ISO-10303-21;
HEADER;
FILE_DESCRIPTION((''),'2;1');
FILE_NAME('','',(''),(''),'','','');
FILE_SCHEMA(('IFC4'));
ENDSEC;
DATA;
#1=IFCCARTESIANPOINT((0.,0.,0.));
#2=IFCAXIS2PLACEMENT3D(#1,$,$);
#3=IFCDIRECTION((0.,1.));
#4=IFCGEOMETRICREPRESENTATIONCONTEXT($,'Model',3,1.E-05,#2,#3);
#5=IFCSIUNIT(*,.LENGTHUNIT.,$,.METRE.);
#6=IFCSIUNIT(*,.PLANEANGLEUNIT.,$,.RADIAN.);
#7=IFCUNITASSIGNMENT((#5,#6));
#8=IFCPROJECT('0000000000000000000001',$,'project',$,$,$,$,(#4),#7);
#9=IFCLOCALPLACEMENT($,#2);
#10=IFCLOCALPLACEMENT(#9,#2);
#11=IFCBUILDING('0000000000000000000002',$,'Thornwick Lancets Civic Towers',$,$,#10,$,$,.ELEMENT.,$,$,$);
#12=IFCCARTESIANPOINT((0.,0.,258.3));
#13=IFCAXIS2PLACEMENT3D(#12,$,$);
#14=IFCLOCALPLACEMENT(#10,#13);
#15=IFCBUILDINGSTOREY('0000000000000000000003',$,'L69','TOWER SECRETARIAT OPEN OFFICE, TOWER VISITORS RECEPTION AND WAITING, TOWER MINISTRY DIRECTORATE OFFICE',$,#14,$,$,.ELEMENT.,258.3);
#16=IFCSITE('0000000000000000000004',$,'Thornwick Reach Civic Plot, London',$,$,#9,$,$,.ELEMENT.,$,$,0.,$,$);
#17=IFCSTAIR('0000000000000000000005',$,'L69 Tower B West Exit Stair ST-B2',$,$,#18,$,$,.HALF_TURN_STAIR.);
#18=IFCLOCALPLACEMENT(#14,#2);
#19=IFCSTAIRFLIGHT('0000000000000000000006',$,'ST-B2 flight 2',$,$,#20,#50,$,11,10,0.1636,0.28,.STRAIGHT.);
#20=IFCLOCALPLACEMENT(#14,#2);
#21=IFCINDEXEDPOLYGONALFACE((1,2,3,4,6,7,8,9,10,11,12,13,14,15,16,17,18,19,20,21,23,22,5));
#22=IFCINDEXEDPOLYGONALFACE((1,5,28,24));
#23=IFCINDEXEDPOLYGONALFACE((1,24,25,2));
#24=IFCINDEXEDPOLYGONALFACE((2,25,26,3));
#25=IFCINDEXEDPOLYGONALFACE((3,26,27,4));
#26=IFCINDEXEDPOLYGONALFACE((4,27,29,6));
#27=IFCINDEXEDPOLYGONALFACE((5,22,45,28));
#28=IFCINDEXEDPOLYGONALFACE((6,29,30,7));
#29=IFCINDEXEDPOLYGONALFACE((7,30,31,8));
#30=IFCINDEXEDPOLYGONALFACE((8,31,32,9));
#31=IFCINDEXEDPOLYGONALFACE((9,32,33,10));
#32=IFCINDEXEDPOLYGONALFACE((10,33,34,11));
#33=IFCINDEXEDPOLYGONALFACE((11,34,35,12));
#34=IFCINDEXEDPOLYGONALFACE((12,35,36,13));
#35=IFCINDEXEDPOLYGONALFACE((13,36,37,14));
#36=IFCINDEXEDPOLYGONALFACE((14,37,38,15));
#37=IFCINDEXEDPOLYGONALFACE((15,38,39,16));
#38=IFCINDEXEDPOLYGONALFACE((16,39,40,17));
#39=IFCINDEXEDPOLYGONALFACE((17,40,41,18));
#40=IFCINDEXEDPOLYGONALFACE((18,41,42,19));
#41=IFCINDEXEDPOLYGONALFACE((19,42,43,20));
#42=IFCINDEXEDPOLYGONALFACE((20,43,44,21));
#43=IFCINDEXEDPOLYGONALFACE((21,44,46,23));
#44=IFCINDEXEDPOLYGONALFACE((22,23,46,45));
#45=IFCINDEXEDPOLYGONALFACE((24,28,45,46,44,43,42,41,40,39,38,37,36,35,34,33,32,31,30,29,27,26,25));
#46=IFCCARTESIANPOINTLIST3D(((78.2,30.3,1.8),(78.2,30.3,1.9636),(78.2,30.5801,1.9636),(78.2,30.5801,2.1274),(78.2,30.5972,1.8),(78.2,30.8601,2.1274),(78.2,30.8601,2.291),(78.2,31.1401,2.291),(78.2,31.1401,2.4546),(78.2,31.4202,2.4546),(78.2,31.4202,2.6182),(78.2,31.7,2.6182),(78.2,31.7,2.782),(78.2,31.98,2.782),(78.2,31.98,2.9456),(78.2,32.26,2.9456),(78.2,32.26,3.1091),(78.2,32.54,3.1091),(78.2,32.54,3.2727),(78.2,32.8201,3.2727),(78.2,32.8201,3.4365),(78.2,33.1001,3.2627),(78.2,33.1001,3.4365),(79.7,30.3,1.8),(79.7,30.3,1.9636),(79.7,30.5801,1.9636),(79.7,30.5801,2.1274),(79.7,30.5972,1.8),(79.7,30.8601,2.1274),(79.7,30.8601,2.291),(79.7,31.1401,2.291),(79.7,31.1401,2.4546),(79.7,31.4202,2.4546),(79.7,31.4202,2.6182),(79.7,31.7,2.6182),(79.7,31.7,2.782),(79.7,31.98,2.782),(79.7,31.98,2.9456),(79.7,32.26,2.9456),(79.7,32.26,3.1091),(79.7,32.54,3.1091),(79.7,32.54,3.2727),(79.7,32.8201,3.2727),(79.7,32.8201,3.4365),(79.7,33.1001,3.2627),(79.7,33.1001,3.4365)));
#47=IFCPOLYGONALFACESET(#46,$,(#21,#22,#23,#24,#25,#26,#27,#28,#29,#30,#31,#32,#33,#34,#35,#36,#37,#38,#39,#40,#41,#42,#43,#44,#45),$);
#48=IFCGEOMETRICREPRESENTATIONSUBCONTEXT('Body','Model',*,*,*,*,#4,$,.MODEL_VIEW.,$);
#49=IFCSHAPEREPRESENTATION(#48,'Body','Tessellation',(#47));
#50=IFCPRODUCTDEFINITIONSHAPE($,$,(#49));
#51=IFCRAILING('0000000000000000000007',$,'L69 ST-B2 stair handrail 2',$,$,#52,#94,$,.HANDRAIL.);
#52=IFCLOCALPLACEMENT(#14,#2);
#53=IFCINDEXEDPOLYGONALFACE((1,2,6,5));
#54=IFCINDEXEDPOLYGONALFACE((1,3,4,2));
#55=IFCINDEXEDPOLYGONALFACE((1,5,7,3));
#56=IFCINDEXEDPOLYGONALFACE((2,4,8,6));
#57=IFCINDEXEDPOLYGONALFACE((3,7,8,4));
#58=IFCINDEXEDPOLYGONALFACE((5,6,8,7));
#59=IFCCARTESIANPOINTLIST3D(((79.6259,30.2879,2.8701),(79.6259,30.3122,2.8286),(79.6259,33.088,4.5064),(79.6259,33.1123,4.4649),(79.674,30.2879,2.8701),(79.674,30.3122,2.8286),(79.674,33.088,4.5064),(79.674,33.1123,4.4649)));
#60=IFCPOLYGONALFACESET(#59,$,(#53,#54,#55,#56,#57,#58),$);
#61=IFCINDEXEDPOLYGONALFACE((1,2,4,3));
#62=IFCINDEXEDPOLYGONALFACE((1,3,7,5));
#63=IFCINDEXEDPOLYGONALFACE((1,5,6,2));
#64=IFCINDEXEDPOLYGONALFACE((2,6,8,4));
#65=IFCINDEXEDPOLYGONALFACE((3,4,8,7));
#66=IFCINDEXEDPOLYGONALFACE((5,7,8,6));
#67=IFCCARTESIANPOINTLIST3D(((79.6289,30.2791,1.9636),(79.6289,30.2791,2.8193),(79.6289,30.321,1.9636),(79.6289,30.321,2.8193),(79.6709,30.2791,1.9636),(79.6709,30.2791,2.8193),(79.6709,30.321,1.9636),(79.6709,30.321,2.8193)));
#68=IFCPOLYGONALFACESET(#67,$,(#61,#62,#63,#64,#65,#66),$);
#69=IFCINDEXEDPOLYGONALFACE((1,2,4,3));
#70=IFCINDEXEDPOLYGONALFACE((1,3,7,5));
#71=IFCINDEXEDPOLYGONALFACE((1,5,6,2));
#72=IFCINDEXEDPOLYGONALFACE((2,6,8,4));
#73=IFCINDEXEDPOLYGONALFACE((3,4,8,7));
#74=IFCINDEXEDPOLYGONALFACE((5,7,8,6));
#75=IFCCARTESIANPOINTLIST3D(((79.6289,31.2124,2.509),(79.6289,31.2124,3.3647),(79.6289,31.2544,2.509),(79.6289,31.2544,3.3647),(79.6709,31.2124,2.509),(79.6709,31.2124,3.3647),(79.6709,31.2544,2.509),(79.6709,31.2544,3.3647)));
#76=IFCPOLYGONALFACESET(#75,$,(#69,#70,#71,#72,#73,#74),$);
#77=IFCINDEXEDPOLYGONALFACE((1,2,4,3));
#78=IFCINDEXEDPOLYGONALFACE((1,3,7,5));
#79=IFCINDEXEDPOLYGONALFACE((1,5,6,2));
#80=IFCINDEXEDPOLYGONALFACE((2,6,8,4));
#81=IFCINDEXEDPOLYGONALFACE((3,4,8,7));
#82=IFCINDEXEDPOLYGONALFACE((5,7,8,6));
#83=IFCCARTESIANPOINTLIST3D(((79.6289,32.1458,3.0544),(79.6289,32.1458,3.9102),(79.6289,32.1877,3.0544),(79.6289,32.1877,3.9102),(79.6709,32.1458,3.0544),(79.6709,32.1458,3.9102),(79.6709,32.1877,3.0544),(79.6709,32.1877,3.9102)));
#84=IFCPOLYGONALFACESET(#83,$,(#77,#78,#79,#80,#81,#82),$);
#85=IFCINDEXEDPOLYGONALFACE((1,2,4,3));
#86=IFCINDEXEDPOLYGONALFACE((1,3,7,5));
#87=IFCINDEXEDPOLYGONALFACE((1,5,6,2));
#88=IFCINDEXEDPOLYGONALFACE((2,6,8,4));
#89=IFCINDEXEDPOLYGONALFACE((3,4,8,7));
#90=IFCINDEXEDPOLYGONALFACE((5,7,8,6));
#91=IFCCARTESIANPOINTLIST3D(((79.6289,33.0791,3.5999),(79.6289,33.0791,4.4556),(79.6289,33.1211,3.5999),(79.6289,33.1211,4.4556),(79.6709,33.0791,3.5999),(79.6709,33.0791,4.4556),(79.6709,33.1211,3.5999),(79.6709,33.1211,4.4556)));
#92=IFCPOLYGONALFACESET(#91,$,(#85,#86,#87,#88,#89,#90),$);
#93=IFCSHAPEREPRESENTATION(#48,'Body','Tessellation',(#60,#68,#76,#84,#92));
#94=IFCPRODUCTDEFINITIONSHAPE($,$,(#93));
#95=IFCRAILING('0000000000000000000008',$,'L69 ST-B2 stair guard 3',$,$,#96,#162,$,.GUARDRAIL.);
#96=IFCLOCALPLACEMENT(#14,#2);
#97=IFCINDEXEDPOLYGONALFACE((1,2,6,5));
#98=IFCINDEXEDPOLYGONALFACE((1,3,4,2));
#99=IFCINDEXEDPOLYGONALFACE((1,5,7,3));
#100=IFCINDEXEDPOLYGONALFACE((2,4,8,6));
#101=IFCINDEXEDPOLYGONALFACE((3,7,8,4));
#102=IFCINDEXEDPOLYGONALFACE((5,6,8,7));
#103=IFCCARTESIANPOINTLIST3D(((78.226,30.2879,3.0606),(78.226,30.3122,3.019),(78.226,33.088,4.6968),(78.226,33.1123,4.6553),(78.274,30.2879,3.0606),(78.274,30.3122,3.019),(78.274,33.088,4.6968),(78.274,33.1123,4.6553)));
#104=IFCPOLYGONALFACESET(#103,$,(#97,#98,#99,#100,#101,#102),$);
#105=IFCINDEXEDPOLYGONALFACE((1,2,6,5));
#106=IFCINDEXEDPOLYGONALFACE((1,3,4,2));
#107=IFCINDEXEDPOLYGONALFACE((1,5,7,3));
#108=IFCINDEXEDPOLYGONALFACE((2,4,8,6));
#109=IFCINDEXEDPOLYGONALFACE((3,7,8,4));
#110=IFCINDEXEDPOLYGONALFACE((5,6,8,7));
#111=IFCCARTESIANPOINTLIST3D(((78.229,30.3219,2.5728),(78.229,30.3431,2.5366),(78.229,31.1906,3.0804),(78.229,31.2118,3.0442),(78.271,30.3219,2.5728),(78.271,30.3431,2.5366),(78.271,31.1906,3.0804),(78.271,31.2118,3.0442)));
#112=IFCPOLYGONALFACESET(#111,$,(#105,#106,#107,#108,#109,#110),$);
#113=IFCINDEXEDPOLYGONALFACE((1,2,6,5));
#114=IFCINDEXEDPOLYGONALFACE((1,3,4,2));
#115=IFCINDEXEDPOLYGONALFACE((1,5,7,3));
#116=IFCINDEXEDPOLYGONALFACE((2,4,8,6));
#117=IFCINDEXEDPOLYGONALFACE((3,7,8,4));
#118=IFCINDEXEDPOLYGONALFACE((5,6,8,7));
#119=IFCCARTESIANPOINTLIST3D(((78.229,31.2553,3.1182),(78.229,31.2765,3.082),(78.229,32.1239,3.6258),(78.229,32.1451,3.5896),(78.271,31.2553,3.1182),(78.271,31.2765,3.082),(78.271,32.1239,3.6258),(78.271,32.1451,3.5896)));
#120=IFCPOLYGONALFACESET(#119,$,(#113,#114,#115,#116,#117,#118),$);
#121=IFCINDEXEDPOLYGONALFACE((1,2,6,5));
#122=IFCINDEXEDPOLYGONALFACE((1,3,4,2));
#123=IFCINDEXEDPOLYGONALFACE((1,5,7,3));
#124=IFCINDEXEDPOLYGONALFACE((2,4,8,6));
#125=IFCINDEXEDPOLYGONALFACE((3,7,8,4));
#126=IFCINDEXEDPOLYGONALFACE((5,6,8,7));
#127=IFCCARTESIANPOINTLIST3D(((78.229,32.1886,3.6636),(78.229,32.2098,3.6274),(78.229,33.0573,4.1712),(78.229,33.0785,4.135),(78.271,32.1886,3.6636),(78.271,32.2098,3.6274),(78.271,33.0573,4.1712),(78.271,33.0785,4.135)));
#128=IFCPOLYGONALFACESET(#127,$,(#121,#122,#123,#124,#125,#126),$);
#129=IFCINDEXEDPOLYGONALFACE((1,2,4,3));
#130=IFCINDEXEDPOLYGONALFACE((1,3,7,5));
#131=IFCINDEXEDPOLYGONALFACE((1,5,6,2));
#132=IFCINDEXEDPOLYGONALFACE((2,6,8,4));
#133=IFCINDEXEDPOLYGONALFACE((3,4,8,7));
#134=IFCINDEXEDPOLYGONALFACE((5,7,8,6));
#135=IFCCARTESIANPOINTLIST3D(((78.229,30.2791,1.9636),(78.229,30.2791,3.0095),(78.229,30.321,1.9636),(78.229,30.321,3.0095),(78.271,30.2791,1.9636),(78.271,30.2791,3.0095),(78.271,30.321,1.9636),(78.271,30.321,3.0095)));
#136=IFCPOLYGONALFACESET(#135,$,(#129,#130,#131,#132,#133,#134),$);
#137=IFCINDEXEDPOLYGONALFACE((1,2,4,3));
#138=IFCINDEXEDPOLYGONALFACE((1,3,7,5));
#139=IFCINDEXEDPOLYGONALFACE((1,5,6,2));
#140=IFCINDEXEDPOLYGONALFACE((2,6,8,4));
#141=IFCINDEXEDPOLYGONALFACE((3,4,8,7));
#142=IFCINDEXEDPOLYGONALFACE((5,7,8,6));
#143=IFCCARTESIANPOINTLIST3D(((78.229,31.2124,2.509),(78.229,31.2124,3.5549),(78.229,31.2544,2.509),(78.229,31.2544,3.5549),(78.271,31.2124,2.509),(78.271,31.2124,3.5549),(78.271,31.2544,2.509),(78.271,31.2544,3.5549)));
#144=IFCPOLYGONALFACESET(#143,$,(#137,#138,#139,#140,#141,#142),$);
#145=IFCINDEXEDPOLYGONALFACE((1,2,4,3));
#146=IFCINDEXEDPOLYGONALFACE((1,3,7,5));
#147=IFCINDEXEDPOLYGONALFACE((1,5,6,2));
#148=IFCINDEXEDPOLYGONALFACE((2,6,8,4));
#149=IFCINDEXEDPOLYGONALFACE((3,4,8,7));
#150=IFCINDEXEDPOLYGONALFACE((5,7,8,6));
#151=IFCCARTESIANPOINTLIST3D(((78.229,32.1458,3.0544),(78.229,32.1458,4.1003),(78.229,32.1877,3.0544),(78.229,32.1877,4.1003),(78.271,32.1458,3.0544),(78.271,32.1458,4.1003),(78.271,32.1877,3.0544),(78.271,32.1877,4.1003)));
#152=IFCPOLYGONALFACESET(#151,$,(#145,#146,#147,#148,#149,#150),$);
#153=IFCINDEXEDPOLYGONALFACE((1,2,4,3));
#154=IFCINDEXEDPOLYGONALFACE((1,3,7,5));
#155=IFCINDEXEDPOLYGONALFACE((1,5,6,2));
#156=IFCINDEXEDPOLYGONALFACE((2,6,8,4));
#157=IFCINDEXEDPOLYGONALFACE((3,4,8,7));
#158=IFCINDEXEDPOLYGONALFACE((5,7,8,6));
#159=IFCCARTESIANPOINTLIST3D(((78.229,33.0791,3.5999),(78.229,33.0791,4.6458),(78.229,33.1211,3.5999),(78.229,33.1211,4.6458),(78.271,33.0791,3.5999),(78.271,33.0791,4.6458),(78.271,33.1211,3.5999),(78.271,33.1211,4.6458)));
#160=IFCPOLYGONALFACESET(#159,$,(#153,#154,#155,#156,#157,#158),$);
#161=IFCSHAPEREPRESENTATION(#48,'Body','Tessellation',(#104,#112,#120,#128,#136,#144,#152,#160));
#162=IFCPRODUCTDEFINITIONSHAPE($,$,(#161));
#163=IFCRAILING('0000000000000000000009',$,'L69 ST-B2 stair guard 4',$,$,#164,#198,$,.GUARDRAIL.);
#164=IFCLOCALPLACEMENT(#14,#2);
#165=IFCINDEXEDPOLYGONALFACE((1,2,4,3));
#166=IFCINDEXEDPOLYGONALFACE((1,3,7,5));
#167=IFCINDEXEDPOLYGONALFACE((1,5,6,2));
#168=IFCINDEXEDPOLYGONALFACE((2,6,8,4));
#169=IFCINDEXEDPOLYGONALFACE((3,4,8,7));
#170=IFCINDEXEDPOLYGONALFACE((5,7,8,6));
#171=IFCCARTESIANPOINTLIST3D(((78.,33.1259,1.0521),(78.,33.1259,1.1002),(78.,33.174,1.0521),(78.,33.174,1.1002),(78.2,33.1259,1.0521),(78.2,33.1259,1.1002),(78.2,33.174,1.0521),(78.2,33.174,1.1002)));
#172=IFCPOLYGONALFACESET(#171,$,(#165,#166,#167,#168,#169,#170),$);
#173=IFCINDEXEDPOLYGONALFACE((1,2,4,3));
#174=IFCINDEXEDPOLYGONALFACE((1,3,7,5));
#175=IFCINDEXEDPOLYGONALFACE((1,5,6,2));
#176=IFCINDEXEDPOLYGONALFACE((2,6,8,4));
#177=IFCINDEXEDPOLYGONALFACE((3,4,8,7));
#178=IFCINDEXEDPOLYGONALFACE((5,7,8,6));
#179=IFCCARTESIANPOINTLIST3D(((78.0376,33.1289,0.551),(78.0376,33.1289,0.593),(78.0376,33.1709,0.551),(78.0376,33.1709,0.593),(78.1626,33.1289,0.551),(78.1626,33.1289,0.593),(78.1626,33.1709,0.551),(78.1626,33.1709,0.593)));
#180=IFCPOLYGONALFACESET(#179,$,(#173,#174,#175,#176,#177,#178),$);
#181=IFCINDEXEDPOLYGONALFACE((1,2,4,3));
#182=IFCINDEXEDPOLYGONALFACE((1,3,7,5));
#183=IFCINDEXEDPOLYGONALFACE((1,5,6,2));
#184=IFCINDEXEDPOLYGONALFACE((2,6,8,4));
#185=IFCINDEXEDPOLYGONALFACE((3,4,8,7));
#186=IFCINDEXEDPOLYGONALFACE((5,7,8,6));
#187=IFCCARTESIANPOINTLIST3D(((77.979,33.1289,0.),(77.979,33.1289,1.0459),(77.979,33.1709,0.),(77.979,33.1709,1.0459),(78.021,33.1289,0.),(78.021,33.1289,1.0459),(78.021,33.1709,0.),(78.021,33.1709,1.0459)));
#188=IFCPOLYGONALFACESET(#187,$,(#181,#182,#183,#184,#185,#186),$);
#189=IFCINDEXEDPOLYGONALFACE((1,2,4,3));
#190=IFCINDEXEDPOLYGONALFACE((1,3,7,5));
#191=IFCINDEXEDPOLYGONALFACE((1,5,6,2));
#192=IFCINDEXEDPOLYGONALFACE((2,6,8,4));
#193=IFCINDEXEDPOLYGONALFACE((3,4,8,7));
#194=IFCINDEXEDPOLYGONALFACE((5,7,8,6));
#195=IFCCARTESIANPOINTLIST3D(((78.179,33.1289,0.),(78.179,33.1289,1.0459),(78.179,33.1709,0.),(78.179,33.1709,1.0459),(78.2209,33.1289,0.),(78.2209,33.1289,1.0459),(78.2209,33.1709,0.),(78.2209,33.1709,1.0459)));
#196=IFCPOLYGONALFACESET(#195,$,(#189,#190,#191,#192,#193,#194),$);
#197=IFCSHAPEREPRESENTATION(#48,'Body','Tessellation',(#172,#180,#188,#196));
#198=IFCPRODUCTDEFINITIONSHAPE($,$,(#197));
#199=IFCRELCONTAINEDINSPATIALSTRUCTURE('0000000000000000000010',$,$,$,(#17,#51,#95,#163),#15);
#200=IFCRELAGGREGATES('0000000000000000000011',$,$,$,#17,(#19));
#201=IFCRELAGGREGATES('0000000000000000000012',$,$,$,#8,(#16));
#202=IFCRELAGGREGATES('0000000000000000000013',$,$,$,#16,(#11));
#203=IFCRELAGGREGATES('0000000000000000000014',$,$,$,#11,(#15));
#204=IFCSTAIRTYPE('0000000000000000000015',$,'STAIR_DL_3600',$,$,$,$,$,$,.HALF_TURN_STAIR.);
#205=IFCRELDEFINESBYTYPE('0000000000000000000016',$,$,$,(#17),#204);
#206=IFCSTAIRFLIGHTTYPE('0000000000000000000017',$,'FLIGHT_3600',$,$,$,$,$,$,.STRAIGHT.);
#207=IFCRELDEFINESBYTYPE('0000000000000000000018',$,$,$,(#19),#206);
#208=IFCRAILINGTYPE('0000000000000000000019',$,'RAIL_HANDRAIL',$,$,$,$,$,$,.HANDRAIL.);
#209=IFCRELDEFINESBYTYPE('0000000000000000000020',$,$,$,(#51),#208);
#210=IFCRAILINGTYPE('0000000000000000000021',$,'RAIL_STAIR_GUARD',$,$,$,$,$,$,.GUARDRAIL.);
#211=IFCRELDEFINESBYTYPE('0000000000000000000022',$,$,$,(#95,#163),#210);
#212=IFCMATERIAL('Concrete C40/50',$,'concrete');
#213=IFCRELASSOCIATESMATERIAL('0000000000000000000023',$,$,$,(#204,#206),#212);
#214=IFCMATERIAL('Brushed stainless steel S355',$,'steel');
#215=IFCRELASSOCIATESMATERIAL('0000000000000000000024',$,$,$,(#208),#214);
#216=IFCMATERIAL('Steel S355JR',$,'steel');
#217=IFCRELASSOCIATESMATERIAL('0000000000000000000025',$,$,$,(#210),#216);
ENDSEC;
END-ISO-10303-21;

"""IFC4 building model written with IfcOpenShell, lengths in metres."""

from ifc_helpers import new_model, si_unit, direction, frame, origin, origin_2d, place, context, subcontext, project, spatial, polyline, rectangle, outline, extrude, material, type_object, element, aggregate, save


model = new_model("IFC4")

# Units and contexts
model_context = context("Model", 3, precision=1e-05, world=origin(), true_north=direction((0.0, 1.0)))
body_context = subcontext(model_context, "Body", "Model", "MODEL_VIEW")
ifc_project = project(units=[si_unit("LENGTHUNIT", "METRE"), si_unit("PLANEANGLEUNIT", "RADIAN")], contexts=[model_context])

# Site, building, storey
site_placement = place(None, origin())
site = spatial("IfcSite", under=ifc_project, at=site_placement, Name="Thornwick Reach Civic Plot, London", CompositionType="ELEMENT", RefElevation=0.0)
building_placement = place(site_placement, origin())
building = spatial("IfcBuilding", under=site, at=building_placement, Name="Thornwick Lancets Civic Towers", CompositionType="ELEMENT")
storey_placement = place(building_placement, frame((0.0, 0.0, 258.3)))
storey = spatial("IfcBuildingStorey", under=building, at=storey_placement, Name="L69", Description="TOWER SECRETARIAT OPEN OFFICE, TOWER VISITORS RECEPTION AND WAITING, TOWER MINISTRY DIRECTORATE OFFICE", CompositionType="ELEMENT", Elevation=258.3)

# Shared definitions
ifc_material_1 = material(Name="Steel S355JR", Category="steel")

# Shared definitions
ifc_material_2 = material(Name="Concrete C40/50", Category="concrete")

# Stair, stair flight
stair_type = type_object("IfcStairType", Name="STAIR_DL_3600", PredefinedType="HALF_TURN_STAIR", material=ifc_material_2)
stair_placement = place(storey_placement, origin())
stair = element("IfcStair", 1, at=stair_placement, inside=storey, type_object=stair_type, Name="L69 Tower B West Exit Stair ST-B2", PredefinedType="HALF_TURN_STAIR")
stair_flight_type = type_object("IfcStairFlightType", Name="FLIGHT_3600", PredefinedType="STRAIGHT", material=ifc_material_2)
stair_flight_placement = place(storey_placement, frame((78.95, 30.3, 1.8), z_axis=(0.0, 0.0, 1.0), x_axis=(0.0, 1.0, 0.0)))
stair_flight = element("IfcStairFlight", 2, at=stair_flight_placement, type_object=stair_flight_type, Name="ST-B2 flight 2", NumberOfRisers=11, NumberOfTreads=10, PredefinedType="STRAIGHT", RiserHeight=0.1636, TreadLength=0.28, context=body_context, shape_type="SweptSolid", body=[
    extrude(outline(polyline([(0.0, 0.0), (0.0, 0.1636), (0.28, 0.1636), (0.28, 0.3274), (0.5601, 0.3274), (0.5601, 0.491), (0.8401, 0.491), (0.8401, 0.6545), (1.1201, 0.6545), (1.1201, 0.8181), (1.3999, 0.8181), (1.3999, 0.9819), (1.6799, 0.9819), (1.6799, 1.1455), (1.96, 1.1455), (1.96, 1.3091), (2.24, 1.3091), (2.24, 1.4727), (2.52, 1.4727), (2.52, 1.6365), (2.8, 1.6365), (2.8, 1.8), (2.8, 1.4626), (0.2971, 0.0), (0.0, 0.0)])), frame((0.0, 0.75, 0.0), z_axis=(0.0, -1.0, 0.0), x_axis=(1.0, 0.0, 0.0)), (0.0, 0.0, 1.0), 1.5),
])
aggregate(stair, [stair_flight])

# Railings
ifc_material_3 = material(Name="Brushed stainless steel S355", Category="steel")
railing_type_1 = type_object("IfcRailingType", Name="RAIL_HANDRAIL", PredefinedType="HANDRAIL", material=ifc_material_3)
railing_1_placement = place(storey_placement, frame((79.6499, 30.3, 1.9636)))
element("IfcRailing", 3, at=railing_1_placement, inside=storey, type_object=railing_type_1, Name="L69 ST-B2 stair handrail 2", PredefinedType="HANDRAIL", context=body_context, shape_type="SweptSolid", body=[
    extrude(rectangle(XDim=0.0481, YDim=0.0481, at=origin_2d()), frame((0.0, 0.0, 0.8857), z_axis=(0.0, 0.863394, 0.504531), x_axis=(-1.0, 0.0, 0.0)), (0.0, 0.0, 1.0), 3.2432),
    extrude(rectangle(XDim=0.042, YDim=0.042, at=origin_2d()), origin(), (0.0, 0.0, 1.0), 0.8557),
    extrude(rectangle(XDim=0.042, YDim=0.042, at=origin_2d()), frame((0.0, 0.9333, 0.5454)), (0.0, 0.0, 1.0), 0.8557),
    extrude(rectangle(XDim=0.042, YDim=0.042, at=origin_2d()), frame((0.0, 1.8667, 1.0908)), (0.0, 0.0, 1.0), 0.8557),
    extrude(rectangle(XDim=0.042, YDim=0.042, at=origin_2d()), frame((0.0, 2.8, 1.6362)), (0.0, 0.0, 1.0), 0.8557),
])
railing_type_2 = type_object("IfcRailingType", Name="RAIL_STAIR_GUARD", PredefinedType="GUARDRAIL", material=ifc_material_1)
railing_2_placement = place(storey_placement, frame((78.25, 30.3, 1.9636)))
element("IfcRailing", 4, at=railing_2_placement, inside=storey, type_object=railing_type_2, Name="L69 ST-B2 stair guard 3", PredefinedType="GUARDRAIL", context=body_context, shape_type="SweptSolid", body=[
    extrude(rectangle(XDim=0.0481, YDim=0.0481, at=origin_2d()), frame((0.0, 0.0, 1.0762), z_axis=(0.0, 0.863394, 0.504531), x_axis=(-1.0, 0.0, 0.0)), (0.0, 0.0, 1.0), 3.2432),
    extrude(rectangle(XDim=0.042, YDim=0.042, at=origin_2d()), frame((0.0, 0.0325, 0.5911), z_axis=(0.0, 0.863394, 0.504531), x_axis=(-1.0, 0.0, 0.0)), (0.0, 0.0, 1.0), 1.0061),
    extrude(rectangle(XDim=0.042, YDim=0.042, at=origin_2d()), frame((0.0, 0.9658, 1.1365), z_axis=(0.0, 0.863394, 0.504531), x_axis=(-1.0, 0.0, 0.0)), (0.0, 0.0, 1.0), 1.0061),
    extrude(rectangle(XDim=0.042, YDim=0.042, at=origin_2d()), frame((0.0, 1.8992, 1.6819), z_axis=(0.0, 0.863394, 0.504531), x_axis=(-1.0, 0.0, 0.0)), (0.0, 0.0, 1.0), 1.0061),
    extrude(rectangle(XDim=0.042, YDim=0.042, at=origin_2d()), origin(), (0.0, 0.0, 1.0), 1.0459),
    extrude(rectangle(XDim=0.042, YDim=0.042, at=origin_2d()), frame((0.0, 0.9333, 0.5454)), (0.0, 0.0, 1.0), 1.0459),
    extrude(rectangle(XDim=0.042, YDim=0.042, at=origin_2d()), frame((0.0, 1.8667, 1.0908)), (0.0, 0.0, 1.0), 1.0459),
    extrude(rectangle(XDim=0.042, YDim=0.042, at=origin_2d()), frame((0.0, 2.8, 1.6362)), (0.0, 0.0, 1.0), 1.0459),
])
railing_3_placement = place(storey_placement, frame((78.0, 33.1499, 0.0)))
element("IfcRailing", 5, at=railing_3_placement, inside=storey, type_object=railing_type_2, Name="L69 ST-B2 stair guard 4", PredefinedType="GUARDRAIL", context=body_context, shape_type="SweptSolid", body=[
    extrude(rectangle(XDim=0.0481, YDim=0.0481, at=origin_2d()), frame((0.0, 0.0, 1.0762), z_axis=(1.0, 0.0, 0.0), x_axis=(0.0, 1.0, 0.0)), (0.0, 0.0, 1.0), 0.2),
    extrude(rectangle(XDim=0.042, YDim=0.042, at=origin_2d()), frame((0.0376, 0.0, 0.572), z_axis=(1.0, 0.0, 0.0), x_axis=(0.0, 1.0, 0.0)), (0.0, 0.0, 1.0), 0.125),
    extrude(rectangle(XDim=0.042, YDim=0.042, at=origin_2d()), origin(), (0.0, 0.0, 1.0), 1.0459),
    extrude(rectangle(XDim=0.042, YDim=0.042, at=origin_2d()), frame((0.2, 0.0, 0.0)), (0.0, 0.0, 1.0), 1.0459),
])

save(model, "model.ifc")
